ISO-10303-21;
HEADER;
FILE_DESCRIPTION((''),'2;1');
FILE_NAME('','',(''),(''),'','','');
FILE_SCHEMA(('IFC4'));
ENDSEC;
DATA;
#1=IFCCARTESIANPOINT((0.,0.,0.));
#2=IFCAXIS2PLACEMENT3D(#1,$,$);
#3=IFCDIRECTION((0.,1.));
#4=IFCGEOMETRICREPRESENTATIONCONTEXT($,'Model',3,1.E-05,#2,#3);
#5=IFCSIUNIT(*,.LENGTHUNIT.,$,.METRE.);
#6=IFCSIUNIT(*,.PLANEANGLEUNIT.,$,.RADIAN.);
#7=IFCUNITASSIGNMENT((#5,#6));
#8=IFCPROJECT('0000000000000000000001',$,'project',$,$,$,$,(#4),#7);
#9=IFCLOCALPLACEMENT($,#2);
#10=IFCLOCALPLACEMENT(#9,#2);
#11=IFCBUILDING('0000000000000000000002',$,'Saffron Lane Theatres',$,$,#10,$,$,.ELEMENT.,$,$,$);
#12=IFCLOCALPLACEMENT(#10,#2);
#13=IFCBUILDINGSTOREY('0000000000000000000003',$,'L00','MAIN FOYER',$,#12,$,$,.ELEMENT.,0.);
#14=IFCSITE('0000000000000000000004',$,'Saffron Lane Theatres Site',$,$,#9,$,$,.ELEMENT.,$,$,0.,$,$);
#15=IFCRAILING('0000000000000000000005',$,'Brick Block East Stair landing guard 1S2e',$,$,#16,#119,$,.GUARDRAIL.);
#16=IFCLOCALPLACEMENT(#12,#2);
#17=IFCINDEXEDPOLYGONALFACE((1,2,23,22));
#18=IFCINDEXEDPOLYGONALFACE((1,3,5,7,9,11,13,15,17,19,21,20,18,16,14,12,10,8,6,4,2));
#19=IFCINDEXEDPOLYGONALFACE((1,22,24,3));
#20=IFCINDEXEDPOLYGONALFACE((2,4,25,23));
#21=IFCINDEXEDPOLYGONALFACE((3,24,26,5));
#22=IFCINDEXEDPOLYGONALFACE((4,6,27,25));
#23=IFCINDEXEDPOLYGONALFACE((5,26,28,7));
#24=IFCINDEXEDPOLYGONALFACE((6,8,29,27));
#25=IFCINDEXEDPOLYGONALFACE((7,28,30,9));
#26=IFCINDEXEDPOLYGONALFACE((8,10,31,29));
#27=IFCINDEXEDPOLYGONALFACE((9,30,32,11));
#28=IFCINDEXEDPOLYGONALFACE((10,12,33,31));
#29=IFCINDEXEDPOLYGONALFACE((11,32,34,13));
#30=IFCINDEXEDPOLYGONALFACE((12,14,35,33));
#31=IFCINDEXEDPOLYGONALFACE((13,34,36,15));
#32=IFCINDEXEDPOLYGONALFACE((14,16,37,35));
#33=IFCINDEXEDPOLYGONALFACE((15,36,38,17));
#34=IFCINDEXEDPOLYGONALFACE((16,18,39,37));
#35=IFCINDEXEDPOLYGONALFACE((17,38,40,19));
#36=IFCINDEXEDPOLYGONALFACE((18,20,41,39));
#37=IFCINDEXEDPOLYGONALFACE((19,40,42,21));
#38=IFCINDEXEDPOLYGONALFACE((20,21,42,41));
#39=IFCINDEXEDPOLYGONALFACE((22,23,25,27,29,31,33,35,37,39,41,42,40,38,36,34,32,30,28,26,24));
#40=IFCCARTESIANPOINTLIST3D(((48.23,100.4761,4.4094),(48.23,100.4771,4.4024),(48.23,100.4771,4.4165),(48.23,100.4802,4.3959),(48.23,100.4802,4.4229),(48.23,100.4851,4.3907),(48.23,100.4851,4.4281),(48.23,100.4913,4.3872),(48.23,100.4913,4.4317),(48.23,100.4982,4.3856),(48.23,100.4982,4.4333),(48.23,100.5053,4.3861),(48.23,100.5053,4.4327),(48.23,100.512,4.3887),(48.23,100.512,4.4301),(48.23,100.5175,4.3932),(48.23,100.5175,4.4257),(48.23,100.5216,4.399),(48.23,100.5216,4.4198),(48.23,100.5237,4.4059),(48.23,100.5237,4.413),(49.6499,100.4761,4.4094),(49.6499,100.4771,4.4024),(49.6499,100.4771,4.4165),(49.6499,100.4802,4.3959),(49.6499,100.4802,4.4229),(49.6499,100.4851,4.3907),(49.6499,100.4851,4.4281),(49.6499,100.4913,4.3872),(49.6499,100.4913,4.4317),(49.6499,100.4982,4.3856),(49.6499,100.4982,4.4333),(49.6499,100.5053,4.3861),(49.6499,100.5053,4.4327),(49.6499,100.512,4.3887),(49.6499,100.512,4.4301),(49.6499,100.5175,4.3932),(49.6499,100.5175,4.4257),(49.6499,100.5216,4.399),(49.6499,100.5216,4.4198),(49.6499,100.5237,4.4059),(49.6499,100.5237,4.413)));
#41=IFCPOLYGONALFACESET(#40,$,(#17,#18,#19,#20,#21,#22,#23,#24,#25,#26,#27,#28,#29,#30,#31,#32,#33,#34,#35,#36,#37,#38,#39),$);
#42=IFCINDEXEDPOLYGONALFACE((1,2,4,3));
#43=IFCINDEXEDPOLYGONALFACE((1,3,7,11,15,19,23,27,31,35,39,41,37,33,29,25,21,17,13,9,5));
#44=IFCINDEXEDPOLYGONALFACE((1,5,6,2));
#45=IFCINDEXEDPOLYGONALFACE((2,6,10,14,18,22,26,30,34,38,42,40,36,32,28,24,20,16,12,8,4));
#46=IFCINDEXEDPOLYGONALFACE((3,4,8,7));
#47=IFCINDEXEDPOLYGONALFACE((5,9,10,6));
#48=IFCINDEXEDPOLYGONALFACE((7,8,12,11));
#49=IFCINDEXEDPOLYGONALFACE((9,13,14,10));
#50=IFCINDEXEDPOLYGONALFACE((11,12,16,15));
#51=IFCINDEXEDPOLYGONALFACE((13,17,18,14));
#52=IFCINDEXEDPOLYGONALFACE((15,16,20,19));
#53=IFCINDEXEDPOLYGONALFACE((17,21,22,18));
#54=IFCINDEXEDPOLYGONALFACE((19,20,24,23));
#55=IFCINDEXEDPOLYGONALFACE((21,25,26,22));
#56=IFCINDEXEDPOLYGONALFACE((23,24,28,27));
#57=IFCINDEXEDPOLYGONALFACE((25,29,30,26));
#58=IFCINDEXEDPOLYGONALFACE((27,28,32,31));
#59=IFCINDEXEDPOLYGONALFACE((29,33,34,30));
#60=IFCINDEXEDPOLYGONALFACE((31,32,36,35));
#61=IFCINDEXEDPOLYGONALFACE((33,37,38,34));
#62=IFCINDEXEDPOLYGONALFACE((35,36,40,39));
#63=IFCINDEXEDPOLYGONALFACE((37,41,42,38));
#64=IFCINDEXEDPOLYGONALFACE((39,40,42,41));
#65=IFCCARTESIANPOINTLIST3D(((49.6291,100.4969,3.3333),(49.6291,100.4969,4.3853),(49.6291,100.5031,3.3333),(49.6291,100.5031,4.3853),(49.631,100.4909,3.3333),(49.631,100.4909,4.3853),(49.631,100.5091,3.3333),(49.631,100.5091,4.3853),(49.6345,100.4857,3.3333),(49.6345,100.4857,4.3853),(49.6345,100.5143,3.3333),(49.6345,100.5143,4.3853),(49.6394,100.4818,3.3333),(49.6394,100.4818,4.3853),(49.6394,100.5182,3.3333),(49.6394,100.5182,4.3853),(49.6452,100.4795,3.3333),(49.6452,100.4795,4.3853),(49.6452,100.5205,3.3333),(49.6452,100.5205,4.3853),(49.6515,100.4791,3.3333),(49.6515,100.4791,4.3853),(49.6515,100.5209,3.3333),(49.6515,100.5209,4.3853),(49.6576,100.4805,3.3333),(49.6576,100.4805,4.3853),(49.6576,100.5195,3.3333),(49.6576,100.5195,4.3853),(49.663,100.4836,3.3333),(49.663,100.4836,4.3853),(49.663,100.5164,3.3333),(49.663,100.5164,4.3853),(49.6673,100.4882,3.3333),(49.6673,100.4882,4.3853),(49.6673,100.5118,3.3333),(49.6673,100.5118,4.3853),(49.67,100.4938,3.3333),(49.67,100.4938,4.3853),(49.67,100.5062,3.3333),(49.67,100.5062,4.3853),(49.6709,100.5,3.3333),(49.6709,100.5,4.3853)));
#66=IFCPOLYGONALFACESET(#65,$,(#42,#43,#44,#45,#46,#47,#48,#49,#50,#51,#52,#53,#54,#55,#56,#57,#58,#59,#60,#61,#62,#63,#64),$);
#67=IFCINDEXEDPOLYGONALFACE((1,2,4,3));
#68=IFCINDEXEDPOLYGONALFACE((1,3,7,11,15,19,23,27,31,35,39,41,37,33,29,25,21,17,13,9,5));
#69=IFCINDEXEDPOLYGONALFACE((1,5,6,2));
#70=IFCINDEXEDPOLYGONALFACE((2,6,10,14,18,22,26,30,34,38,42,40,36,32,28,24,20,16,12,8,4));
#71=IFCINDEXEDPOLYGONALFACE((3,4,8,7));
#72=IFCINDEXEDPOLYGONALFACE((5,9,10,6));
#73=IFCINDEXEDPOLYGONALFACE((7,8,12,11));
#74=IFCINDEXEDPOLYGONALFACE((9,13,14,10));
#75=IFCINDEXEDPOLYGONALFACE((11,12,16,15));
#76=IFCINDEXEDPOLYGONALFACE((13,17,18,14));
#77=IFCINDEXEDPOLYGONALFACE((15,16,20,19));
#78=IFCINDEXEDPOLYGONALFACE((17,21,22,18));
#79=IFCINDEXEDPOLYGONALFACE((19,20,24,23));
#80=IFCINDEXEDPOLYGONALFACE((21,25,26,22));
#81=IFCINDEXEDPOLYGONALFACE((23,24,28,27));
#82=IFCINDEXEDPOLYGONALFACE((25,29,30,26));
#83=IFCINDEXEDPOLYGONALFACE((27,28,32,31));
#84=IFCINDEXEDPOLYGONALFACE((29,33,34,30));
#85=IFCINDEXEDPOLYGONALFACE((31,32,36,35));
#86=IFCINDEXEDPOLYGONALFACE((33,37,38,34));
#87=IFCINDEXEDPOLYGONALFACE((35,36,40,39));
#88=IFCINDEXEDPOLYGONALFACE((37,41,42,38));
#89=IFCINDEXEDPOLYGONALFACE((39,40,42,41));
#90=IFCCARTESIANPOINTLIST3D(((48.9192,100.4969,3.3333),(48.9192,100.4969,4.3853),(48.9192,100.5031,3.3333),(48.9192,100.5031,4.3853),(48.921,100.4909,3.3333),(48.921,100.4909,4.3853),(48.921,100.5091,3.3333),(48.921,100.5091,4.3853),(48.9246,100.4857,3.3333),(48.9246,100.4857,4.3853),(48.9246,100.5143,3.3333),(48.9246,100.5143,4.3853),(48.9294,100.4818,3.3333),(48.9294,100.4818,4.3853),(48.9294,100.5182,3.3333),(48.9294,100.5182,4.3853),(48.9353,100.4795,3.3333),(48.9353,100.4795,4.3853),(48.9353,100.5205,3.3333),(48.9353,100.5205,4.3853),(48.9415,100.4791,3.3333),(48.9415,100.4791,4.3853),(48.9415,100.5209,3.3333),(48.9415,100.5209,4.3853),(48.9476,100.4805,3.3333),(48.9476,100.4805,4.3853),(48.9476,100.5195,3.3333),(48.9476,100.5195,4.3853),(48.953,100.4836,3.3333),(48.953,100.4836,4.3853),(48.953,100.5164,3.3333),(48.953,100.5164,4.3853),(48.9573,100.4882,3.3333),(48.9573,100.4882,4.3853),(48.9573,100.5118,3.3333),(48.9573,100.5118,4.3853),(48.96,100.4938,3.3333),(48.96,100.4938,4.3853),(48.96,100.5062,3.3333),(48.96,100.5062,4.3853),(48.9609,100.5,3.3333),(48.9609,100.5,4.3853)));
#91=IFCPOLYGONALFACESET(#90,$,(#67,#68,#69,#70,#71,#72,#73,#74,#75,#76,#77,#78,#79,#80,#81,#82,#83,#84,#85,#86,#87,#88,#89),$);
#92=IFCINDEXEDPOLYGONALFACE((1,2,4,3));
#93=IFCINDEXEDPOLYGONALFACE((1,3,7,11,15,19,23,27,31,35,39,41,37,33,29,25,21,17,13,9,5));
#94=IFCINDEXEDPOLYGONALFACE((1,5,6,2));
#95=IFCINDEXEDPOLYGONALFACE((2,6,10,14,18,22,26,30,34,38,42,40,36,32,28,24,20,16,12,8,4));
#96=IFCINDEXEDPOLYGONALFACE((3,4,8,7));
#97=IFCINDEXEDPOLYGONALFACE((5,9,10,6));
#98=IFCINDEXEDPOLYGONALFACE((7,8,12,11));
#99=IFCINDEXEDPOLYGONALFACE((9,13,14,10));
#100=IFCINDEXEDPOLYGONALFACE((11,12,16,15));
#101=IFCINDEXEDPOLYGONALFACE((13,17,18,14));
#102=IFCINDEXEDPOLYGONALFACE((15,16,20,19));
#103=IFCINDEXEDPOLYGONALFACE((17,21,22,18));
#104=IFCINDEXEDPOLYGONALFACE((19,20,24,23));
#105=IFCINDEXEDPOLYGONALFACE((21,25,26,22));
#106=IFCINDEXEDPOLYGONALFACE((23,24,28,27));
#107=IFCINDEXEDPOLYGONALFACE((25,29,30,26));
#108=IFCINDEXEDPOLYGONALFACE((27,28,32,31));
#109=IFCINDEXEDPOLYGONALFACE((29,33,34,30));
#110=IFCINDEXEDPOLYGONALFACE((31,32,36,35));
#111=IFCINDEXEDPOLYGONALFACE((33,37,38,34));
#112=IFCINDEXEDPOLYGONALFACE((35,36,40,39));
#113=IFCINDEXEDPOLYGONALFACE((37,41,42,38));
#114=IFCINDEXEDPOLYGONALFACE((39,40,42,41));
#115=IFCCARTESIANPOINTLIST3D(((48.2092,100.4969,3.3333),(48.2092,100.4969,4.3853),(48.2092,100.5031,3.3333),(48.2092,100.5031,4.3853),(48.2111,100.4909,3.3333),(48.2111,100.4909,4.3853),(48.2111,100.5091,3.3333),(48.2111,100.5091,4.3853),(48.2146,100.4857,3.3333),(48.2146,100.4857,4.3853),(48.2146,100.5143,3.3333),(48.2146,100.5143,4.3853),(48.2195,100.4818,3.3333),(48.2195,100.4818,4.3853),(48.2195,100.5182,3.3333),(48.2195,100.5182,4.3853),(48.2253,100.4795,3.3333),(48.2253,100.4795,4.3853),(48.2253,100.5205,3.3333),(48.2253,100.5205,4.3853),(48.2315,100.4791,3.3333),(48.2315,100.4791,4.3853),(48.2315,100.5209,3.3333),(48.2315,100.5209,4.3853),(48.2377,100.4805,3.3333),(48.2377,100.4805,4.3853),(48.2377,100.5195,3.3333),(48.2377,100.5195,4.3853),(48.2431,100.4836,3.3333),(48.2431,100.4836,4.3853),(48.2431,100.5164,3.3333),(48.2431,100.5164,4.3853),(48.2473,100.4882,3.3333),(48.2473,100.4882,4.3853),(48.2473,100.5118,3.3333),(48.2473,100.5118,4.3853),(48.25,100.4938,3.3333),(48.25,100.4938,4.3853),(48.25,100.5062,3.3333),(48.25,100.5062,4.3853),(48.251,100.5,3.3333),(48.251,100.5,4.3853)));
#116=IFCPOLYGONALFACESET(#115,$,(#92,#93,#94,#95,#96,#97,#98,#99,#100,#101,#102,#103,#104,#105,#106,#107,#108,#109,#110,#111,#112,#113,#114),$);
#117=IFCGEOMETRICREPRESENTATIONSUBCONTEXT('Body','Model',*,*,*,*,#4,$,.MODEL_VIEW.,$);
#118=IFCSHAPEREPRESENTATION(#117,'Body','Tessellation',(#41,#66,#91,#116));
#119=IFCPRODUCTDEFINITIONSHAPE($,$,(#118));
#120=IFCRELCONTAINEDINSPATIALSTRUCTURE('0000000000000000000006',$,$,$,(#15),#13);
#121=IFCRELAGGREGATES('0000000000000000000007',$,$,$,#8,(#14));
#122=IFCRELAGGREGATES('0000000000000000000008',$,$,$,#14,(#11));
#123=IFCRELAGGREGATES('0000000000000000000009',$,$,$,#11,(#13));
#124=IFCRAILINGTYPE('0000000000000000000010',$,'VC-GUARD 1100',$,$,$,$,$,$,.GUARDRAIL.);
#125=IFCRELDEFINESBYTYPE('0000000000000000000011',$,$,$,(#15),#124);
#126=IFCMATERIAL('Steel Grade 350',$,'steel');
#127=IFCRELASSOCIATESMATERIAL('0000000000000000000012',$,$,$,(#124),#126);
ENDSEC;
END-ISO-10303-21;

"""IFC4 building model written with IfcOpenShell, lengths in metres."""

from ifc_helpers import new_model, si_unit, direction, frame, origin, origin_2d, place, context, subcontext, project, spatial, circle, extrude, material, type_object, element, save


model = new_model("IFC4")

# Units and contexts
model_context = context("Model", 3, precision=1e-05, world=origin(), true_north=direction((0.0, 1.0)))
body_context = subcontext(model_context, "Body", "Model", "MODEL_VIEW")
ifc_project = project(units=[si_unit("LENGTHUNIT", "METRE"), si_unit("PLANEANGLEUNIT", "RADIAN")], contexts=[model_context])

# Site, building, storey
site_placement = place(None, origin())
site = spatial("IfcSite", under=ifc_project, at=site_placement, Name="Saffron Lane Theatres Site", CompositionType="ELEMENT", RefElevation=0.0)
building_placement = place(site_placement, origin())
building = spatial("IfcBuilding", under=site, at=building_placement, Name="Saffron Lane Theatres", CompositionType="ELEMENT")
storey_placement = place(building_placement, origin())
storey = spatial("IfcBuildingStorey", under=building, at=storey_placement, Name="L00", Description="MAIN FOYER", CompositionType="ELEMENT", Elevation=0.0)

# Railing
ifc_material_1 = material(Name="Steel Grade 350", Category="steel")
railing_type_1 = type_object("IfcRailingType", Name="VC-GUARD 1100", PredefinedType="GUARDRAIL", material=ifc_material_1)
railing_1_placement = place(storey_placement, frame((49.6499, 100.5, 3.3333)))
element("IfcRailing", 1, at=railing_1_placement, inside=storey, type_object=railing_type_1, Name="Brick Block East Stair landing guard 1S2e", PredefinedType="GUARDRAIL", context=body_context, shape_type="SweptSolid", body=[
    extrude(circle(Radius=0.0239, at=origin_2d()), frame((0.0, 0.0, 1.0762), z_axis=(-1.0, 0.0, 0.0), x_axis=(0.0, -1.0, 0.0)), (0.0, 0.0, 1.0), 1.4199),
    extrude(circle(Radius=0.021, at=origin_2d()), origin(), (0.0, 0.0, 1.0), 1.052),
    extrude(circle(Radius=0.021, at=origin_2d()), frame((-0.71, 0.0, 0.0)), (0.0, 0.0, 1.0), 1.052),
    extrude(circle(Radius=0.021, at=origin_2d()), frame((-1.4199, 0.0, 0.0)), (0.0, 0.0, 1.0), 1.052),
])

save(model, "model.ifc")
